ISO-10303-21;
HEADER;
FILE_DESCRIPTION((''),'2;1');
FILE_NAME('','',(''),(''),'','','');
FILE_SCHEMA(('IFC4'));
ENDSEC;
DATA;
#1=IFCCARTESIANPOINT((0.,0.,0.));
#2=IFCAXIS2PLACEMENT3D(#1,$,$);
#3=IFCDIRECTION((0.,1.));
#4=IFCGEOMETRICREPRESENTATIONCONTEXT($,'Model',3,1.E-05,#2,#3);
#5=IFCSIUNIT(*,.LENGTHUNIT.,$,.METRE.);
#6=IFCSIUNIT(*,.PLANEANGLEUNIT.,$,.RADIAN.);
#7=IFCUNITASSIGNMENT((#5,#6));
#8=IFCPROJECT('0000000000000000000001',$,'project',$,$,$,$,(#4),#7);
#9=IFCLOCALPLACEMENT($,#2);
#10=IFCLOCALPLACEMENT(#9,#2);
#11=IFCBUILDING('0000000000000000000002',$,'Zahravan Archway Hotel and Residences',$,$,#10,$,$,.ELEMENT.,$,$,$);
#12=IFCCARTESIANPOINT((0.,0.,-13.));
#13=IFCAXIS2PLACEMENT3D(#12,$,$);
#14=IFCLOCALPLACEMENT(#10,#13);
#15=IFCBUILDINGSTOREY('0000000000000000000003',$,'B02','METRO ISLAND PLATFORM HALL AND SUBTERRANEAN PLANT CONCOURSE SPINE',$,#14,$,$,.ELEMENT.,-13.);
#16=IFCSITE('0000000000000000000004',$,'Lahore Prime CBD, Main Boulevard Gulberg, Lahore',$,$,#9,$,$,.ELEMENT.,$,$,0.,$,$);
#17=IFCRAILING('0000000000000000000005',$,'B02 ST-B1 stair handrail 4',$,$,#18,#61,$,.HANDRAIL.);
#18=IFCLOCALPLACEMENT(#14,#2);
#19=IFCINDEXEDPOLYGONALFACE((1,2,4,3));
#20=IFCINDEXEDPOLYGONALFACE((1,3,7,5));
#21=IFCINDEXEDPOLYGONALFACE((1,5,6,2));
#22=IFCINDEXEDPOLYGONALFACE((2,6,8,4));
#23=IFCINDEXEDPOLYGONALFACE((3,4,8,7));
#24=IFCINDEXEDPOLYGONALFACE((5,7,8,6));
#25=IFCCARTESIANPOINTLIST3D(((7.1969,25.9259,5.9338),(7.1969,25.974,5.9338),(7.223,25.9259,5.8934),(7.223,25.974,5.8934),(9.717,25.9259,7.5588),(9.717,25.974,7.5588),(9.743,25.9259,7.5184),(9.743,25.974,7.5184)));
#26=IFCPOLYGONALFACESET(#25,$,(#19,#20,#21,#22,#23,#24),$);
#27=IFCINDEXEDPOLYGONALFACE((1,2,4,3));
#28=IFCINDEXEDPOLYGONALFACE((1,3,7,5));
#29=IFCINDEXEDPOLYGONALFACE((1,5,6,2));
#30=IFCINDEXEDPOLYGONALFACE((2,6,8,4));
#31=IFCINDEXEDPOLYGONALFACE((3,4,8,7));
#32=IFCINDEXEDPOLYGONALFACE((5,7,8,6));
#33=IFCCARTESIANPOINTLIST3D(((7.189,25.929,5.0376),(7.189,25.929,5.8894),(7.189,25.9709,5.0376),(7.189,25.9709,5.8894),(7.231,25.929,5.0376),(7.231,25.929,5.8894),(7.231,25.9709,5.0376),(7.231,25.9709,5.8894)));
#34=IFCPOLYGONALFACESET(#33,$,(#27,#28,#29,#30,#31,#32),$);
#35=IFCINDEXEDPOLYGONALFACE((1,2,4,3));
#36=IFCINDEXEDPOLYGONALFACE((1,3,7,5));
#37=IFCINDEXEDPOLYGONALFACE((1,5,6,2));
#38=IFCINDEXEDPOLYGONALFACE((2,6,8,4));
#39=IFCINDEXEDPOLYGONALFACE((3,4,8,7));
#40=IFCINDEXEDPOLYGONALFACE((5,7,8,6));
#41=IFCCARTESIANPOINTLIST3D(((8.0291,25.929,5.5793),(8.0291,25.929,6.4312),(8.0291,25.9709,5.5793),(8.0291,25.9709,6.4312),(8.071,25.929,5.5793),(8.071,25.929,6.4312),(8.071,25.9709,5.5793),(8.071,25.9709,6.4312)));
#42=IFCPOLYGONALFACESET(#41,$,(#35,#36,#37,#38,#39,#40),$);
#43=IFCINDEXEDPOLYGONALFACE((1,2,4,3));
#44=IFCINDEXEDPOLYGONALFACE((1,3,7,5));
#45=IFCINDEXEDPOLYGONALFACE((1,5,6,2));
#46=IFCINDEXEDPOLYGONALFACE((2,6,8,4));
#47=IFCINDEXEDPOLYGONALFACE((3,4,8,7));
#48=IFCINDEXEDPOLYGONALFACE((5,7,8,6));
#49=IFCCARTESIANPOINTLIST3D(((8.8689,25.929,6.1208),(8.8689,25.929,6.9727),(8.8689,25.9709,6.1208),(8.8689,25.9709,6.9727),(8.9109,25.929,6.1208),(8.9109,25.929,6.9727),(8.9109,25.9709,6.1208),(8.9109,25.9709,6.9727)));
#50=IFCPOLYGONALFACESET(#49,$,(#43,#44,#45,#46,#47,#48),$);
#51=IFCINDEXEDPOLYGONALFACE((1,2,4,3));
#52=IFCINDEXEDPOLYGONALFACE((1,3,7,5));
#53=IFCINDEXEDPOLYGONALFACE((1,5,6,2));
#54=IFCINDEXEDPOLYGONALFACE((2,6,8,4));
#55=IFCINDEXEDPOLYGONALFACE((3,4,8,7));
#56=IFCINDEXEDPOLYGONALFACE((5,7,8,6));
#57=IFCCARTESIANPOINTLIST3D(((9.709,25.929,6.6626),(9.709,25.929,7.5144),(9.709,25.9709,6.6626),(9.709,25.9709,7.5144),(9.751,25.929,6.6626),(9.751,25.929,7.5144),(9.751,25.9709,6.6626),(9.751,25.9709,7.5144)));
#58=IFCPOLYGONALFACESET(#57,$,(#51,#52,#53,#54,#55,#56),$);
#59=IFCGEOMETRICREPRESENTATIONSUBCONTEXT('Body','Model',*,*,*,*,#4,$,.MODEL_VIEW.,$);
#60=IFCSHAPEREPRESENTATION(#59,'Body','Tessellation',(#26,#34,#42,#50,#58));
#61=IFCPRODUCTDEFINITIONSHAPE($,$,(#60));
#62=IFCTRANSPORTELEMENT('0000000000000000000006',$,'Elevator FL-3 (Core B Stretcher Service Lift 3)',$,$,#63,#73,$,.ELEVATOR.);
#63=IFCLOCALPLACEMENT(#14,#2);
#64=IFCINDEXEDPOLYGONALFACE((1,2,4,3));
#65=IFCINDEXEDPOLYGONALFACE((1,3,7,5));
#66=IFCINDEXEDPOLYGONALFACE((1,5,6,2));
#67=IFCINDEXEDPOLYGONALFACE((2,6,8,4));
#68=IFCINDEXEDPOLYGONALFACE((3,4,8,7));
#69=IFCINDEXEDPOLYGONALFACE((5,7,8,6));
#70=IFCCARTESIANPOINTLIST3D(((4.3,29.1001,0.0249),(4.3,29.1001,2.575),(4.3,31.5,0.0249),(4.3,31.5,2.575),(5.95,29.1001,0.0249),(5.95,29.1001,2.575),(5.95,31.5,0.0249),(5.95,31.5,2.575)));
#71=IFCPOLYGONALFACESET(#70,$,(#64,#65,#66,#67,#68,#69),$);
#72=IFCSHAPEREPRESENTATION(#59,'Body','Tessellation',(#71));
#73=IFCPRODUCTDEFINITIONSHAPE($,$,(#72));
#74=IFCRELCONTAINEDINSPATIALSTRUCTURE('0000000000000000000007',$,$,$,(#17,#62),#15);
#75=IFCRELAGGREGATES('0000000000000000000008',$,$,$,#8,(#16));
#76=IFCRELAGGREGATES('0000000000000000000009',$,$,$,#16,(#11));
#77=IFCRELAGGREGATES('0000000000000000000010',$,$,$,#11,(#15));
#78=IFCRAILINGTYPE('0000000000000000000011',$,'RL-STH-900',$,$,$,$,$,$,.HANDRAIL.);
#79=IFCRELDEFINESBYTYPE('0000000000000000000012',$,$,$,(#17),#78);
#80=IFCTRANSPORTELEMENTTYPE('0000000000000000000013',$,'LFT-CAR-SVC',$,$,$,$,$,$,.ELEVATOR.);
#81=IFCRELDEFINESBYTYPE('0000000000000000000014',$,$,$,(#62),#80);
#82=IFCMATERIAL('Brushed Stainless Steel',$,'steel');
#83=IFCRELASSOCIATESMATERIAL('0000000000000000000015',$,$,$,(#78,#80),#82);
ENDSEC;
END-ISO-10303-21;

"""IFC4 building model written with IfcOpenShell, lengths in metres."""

from ifc_helpers import new_model, si_unit, direction, frame, origin, origin_2d, place, context, subcontext, project, spatial, rectangle, extrude, source, transform, mapped, material, type_object, type_shapes, element, save


model = new_model("IFC4")

# Units and contexts
model_context = context("Model", 3, precision=1e-05, world=origin(), true_north=direction((0.0, 1.0)))
body_context = subcontext(model_context, "Body", "Model", "MODEL_VIEW")
ifc_project = project(units=[si_unit("LENGTHUNIT", "METRE"), si_unit("PLANEANGLEUNIT", "RADIAN")], contexts=[model_context])

# Site, building, storey
site_placement = place(None, origin())
site = spatial("IfcSite", under=ifc_project, at=site_placement, Name="Lahore Prime CBD, Main Boulevard Gulberg, Lahore", CompositionType="ELEMENT", RefElevation=0.0)
building_placement = place(site_placement, origin())
building = spatial("IfcBuilding", under=site, at=building_placement, Name="Zahravan Archway Hotel and Residences", CompositionType="ELEMENT")
storey_placement = place(building_placement, frame((0.0, 0.0, -13.0)))
storey = spatial("IfcBuildingStorey", under=building, at=storey_placement, Name="B02", Description="METRO ISLAND PLATFORM HALL AND SUBTERRANEAN PLANT CONCOURSE SPINE", CompositionType="ELEMENT", Elevation=-13.0)

# Shared definitions
ifc_material_1 = material(Name="Brushed Stainless Steel", Category="steel")

# Railing
railing_type_1 = type_object("IfcRailingType", Name="RL-STH-900", PredefinedType="HANDRAIL", material=ifc_material_1)
railing_1_placement = place(storey_placement, frame((7.21, 25.95, 5.0376)))
element("IfcRailing", 1, at=railing_1_placement, inside=storey, type_object=railing_type_1, Name="B02 ST-B1 stair handrail 4", PredefinedType="HANDRAIL", context=body_context, shape_type="SweptSolid", body=[
    extrude(rectangle(XDim=0.0481, YDim=0.0481, at=origin_2d()), frame((0.0, 0.0, 0.876), z_axis=(0.840421, 0.0, 0.541934), x_axis=(0.0, 1.0, 0.0)), (0.0, 0.0, 1.0), 2.9985),
    extrude(rectangle(XDim=0.042, YDim=0.042, at=origin_2d()), origin(), (0.0, 0.0, 1.0), 0.8518),
    extrude(rectangle(XDim=0.042, YDim=0.042, at=origin_2d()), frame((0.8401, 0.0, 0.5417)), (0.0, 0.0, 1.0), 0.8518),
    extrude(rectangle(XDim=0.042, YDim=0.042, at=origin_2d()), frame((1.6799, 0.0, 1.0833)), (0.0, 0.0, 1.0), 0.8518),
    extrude(rectangle(XDim=0.042, YDim=0.042, at=origin_2d()), frame((2.52, 0.0, 1.625)), (0.0, 0.0, 1.0), 0.8518),
])

# Transport element
transport_element_type = type_object("IfcTransportElementType", Name="LFT-CAR-SVC", PredefinedType="ELEVATOR", material=ifc_material_1)
shared_shape_1 = source(origin(), body_context, "Body", "SweptSolid", [
    extrude(rectangle(XDim=1.6499, YDim=2.3999, at=origin_2d()), origin(), (0.0, 0.0, 1.0), 2.55),
])
type_shapes(transport_element_type, [shared_shape_1])
transport_element_placement = place(storey_placement, frame((5.125, 30.3, 0.0249), z_axis=(0.0, 0.0, 1.0), x_axis=(1.0, 0.0, 0.0)))
element("IfcTransportElement", 2, at=transport_element_placement, inside=storey, type_object=transport_element_type, Name="Elevator FL-3 (Core B Stretcher Service Lift 3)", PredefinedType="ELEVATOR", context=body_context, shape_type="MappedRepresentation", body=[
    mapped(shared_shape_1, transform((0.0, 0.0, 0.0), scale=1.0)),
])

save(model, "model.ifc")
